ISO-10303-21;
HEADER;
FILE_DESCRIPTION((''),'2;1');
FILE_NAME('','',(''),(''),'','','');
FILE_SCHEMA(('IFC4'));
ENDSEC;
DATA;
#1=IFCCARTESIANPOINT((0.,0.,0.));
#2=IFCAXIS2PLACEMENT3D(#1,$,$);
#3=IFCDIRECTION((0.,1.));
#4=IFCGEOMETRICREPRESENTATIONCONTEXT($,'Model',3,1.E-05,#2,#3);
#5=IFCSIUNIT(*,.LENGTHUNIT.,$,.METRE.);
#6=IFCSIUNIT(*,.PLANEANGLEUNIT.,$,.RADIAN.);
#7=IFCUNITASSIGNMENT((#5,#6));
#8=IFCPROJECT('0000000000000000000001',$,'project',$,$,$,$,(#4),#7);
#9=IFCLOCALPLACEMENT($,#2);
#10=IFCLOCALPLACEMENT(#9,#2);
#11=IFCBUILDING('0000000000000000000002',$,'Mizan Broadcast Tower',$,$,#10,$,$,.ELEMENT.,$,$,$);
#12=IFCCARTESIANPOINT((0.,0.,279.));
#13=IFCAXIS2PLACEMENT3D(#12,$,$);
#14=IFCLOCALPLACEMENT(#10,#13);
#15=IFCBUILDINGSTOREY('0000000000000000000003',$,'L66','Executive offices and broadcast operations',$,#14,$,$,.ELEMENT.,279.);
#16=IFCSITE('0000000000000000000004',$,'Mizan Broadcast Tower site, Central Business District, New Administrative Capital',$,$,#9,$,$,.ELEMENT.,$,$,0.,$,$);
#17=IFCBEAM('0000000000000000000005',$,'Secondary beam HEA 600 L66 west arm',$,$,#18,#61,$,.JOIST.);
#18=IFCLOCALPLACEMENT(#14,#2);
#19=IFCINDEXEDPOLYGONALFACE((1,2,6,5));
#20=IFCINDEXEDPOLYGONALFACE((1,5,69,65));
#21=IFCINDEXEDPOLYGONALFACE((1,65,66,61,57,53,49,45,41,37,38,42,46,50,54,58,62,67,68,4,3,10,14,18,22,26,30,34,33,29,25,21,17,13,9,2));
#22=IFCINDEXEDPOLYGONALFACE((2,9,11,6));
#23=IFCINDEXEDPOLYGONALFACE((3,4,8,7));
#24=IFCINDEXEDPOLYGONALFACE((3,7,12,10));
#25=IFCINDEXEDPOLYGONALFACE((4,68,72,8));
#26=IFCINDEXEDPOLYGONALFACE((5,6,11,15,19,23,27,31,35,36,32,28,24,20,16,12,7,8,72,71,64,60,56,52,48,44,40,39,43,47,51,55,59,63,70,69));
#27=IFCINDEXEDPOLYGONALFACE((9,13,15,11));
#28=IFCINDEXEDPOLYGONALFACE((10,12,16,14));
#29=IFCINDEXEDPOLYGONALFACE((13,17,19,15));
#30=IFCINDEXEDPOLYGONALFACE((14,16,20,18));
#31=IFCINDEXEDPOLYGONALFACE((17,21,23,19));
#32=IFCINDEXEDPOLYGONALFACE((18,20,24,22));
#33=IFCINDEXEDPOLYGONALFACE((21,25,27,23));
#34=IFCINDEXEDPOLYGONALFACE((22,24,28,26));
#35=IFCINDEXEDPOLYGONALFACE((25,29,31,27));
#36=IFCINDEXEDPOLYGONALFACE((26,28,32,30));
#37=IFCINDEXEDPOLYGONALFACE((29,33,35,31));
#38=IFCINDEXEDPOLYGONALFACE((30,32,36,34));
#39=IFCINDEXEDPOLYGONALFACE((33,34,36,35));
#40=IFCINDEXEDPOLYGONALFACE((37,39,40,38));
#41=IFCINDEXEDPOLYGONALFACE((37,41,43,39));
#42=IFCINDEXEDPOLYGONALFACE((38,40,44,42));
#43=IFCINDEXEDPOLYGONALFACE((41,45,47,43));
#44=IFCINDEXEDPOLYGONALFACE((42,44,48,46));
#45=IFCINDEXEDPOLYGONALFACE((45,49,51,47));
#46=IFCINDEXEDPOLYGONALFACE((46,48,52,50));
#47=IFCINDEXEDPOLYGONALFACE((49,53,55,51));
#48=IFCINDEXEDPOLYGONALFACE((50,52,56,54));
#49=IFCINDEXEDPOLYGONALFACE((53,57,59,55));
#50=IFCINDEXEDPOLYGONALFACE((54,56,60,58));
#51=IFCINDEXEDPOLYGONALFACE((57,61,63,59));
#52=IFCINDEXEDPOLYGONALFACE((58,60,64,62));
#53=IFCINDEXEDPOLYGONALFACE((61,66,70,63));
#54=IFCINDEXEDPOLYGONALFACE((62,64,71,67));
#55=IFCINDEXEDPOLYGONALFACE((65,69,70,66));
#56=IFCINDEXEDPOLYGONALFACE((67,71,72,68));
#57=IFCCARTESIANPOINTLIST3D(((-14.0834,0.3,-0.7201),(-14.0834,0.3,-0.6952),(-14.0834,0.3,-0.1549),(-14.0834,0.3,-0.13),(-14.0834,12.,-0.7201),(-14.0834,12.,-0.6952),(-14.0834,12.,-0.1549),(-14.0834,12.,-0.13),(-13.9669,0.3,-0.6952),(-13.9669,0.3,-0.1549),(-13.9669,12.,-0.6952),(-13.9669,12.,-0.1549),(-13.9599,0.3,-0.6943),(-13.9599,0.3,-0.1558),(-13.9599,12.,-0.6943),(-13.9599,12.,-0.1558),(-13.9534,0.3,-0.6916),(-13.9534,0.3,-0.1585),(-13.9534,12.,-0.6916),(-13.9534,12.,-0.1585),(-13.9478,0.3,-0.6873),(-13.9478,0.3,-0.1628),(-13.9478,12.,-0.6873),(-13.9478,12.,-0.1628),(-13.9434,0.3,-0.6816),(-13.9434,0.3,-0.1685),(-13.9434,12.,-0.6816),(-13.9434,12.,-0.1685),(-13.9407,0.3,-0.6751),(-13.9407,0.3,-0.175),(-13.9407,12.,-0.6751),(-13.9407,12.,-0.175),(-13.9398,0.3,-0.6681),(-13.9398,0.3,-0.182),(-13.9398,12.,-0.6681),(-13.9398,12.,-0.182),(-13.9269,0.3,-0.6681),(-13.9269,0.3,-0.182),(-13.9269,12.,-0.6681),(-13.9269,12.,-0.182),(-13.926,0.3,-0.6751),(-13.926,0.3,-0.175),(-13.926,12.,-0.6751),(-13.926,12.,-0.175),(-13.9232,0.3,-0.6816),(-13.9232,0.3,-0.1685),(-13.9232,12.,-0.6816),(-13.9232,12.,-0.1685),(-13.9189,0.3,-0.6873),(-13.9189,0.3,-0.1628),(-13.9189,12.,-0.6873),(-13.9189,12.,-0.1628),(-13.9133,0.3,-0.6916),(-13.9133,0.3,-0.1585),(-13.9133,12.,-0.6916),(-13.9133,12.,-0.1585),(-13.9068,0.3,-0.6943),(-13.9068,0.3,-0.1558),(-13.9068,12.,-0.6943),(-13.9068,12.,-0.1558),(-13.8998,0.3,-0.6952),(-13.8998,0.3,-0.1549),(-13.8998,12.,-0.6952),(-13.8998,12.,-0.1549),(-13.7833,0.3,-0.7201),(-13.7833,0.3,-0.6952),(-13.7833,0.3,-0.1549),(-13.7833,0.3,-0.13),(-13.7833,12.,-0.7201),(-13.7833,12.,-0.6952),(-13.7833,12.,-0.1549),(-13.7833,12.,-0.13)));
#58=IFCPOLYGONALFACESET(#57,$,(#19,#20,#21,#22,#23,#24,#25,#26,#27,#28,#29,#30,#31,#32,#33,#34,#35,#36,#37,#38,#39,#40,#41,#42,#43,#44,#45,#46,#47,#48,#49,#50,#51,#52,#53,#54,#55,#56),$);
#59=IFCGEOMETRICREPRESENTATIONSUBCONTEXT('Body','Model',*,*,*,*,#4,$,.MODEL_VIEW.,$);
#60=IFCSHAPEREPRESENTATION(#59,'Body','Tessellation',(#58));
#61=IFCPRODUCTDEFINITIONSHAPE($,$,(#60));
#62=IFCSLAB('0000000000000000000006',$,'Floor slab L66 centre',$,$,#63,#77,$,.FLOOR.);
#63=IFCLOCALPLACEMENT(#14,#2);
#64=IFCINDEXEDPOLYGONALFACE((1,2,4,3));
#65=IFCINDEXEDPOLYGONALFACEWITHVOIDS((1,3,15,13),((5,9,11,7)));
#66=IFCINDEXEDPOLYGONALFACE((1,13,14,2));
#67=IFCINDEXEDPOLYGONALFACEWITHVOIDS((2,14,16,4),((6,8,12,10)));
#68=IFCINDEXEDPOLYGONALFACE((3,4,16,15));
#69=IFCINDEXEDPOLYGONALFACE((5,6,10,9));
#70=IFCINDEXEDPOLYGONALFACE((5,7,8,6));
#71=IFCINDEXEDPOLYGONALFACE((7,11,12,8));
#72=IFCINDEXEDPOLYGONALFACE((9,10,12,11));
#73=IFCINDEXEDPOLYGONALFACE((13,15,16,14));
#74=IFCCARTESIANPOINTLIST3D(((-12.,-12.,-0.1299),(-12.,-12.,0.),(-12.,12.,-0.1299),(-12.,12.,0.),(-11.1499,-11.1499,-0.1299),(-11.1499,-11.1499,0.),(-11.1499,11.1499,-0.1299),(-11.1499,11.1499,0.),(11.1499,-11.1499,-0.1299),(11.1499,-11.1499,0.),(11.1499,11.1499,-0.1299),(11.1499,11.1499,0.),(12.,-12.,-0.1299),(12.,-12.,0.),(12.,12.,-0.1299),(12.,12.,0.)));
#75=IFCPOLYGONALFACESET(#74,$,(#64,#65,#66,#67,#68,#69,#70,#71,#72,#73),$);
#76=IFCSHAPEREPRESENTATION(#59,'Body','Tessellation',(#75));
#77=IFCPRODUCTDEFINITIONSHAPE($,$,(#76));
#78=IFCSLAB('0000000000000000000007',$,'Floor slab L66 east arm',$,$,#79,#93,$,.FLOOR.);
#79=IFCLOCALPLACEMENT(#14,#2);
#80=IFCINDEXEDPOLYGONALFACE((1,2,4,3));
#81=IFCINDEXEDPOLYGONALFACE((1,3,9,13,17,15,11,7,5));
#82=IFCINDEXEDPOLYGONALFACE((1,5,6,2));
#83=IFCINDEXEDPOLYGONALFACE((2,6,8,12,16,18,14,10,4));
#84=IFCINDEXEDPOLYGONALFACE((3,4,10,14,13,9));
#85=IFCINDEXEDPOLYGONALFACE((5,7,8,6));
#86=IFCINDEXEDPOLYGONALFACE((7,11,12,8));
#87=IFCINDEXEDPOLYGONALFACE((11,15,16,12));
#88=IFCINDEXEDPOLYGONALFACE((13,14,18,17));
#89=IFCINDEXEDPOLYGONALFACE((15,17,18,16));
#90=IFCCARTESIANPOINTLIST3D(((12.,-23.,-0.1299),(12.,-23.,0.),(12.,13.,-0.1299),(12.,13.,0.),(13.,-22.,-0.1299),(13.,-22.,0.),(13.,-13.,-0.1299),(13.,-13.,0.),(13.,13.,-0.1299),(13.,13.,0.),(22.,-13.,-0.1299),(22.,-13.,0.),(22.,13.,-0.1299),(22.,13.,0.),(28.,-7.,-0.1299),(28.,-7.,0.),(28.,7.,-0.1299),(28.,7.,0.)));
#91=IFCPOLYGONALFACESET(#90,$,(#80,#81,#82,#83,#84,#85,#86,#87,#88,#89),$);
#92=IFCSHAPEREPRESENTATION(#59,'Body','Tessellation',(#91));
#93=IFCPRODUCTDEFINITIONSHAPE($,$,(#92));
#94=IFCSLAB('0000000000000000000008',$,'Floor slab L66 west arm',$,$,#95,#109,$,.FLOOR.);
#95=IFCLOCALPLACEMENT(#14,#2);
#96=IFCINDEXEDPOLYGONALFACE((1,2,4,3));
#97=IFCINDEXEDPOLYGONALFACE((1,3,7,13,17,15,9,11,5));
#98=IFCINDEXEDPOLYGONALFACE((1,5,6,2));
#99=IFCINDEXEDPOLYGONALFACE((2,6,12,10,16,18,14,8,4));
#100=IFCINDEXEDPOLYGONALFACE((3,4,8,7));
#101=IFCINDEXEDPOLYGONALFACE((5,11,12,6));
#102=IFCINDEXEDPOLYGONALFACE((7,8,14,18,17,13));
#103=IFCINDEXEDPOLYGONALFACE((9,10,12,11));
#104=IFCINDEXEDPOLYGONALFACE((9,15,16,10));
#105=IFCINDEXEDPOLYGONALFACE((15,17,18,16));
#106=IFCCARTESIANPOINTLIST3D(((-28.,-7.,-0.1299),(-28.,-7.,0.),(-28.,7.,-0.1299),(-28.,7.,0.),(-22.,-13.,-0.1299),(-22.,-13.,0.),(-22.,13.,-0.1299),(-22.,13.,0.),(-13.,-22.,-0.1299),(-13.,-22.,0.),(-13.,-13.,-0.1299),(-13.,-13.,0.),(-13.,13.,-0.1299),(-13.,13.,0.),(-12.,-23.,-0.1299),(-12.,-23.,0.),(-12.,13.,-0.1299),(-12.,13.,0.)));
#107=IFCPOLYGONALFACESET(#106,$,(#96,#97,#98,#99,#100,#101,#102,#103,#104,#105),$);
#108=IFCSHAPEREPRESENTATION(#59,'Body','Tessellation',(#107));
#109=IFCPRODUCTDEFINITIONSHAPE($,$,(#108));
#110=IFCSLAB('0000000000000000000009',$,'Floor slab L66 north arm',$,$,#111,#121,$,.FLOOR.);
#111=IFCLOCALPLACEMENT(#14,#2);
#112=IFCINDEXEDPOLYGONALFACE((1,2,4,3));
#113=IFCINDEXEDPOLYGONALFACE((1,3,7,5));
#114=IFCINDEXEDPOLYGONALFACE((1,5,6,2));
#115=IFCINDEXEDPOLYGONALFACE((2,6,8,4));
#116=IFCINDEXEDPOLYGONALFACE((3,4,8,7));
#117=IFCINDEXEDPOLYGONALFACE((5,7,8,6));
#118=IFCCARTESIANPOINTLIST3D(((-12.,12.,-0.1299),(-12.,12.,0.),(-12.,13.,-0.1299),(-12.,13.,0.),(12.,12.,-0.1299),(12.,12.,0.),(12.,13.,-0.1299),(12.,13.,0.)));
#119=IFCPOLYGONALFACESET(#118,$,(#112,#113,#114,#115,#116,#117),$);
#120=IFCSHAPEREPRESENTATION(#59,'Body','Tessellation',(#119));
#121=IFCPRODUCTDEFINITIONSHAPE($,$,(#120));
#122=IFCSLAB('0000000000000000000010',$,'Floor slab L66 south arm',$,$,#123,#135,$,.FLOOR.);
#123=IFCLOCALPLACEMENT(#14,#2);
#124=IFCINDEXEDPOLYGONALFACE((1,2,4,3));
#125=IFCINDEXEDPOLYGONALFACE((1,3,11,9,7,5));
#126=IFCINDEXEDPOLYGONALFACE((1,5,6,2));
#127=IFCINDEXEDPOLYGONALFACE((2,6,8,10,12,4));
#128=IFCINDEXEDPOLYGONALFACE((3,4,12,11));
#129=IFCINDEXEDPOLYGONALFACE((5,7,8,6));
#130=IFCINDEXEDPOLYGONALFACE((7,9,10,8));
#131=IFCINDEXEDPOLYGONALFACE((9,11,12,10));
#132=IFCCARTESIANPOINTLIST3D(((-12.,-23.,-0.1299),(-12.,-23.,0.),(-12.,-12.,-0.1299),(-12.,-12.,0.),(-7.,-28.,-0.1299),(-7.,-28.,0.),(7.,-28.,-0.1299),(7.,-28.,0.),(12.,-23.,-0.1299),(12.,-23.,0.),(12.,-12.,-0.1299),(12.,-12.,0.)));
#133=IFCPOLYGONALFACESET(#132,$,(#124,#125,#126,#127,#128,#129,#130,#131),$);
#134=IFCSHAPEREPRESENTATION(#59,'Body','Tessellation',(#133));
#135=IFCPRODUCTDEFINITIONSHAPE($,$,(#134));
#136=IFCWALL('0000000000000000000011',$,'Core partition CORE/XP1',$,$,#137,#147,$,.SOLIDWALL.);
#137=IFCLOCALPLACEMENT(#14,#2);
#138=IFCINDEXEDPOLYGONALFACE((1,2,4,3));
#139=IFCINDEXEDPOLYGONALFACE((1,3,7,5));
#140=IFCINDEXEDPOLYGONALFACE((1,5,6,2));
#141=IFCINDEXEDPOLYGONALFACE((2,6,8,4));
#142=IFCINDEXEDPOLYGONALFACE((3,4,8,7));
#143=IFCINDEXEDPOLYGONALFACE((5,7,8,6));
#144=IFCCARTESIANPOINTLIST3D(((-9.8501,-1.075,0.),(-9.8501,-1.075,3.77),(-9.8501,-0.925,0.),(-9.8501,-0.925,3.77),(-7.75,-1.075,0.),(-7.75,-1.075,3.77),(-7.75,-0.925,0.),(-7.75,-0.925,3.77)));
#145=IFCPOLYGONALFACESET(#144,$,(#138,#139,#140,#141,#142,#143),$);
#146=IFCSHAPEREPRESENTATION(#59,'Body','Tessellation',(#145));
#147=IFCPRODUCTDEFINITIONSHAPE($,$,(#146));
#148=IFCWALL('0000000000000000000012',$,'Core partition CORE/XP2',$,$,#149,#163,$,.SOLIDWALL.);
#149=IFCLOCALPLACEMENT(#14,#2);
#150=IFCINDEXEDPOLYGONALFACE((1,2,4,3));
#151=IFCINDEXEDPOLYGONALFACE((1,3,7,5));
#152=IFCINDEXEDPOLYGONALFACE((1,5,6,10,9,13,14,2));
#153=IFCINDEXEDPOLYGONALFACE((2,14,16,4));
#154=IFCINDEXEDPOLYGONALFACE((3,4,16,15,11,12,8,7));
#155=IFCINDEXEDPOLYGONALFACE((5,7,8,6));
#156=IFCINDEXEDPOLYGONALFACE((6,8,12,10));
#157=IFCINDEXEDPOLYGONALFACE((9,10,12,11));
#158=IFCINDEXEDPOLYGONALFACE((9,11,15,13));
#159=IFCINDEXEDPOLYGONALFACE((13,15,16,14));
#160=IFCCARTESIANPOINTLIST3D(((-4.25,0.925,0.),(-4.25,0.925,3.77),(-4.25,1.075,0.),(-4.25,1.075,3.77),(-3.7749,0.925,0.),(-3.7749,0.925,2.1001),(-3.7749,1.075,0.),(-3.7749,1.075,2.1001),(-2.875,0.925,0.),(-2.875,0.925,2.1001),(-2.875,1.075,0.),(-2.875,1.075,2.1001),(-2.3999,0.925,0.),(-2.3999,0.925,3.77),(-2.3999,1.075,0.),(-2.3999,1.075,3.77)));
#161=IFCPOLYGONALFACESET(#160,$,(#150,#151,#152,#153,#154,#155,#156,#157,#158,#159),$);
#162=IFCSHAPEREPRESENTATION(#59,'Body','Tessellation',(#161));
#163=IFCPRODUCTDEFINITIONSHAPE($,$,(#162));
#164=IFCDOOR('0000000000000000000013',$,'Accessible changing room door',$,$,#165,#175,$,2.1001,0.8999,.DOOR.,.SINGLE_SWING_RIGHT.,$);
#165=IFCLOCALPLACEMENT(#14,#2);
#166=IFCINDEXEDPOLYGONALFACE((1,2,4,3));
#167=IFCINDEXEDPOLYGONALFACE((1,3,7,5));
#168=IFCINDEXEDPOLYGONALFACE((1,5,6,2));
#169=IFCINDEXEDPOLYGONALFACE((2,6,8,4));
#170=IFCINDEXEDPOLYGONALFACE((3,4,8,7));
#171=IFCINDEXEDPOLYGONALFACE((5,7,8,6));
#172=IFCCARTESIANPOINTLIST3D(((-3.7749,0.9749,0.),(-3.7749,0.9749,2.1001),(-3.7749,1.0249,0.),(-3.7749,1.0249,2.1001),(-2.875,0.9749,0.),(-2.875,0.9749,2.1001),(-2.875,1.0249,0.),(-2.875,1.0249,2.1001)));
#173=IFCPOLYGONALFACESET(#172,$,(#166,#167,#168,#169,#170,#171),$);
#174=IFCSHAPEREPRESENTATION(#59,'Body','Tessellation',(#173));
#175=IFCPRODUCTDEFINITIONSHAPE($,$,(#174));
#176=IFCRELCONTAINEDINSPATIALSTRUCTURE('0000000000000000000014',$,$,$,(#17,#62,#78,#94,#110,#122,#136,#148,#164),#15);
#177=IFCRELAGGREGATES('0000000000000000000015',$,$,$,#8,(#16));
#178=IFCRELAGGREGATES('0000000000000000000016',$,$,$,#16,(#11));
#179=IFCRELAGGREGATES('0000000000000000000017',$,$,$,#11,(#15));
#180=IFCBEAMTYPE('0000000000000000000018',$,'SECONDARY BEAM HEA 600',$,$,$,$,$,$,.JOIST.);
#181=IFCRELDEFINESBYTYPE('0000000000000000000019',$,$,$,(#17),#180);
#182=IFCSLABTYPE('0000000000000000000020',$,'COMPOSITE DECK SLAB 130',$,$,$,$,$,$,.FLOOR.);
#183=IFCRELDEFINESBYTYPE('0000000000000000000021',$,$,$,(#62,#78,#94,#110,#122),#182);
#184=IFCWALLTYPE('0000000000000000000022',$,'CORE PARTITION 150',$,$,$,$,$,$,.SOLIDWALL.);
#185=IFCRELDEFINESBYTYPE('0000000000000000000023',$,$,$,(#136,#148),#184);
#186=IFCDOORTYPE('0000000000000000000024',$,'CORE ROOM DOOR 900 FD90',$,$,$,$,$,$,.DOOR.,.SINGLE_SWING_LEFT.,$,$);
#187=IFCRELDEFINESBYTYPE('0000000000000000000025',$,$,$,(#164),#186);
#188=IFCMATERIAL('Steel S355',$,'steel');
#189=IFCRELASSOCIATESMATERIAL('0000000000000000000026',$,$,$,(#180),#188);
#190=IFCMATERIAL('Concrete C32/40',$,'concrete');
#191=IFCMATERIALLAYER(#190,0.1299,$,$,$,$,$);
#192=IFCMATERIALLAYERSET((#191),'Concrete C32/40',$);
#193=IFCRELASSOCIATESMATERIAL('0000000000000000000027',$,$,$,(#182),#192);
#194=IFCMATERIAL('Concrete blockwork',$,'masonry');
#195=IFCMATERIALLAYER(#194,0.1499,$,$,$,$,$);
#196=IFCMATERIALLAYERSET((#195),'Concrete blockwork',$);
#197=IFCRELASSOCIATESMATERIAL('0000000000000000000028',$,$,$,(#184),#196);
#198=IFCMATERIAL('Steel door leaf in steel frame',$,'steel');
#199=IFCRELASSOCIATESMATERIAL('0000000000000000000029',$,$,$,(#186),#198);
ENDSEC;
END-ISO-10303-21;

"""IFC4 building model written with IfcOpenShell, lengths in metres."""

from ifc_helpers import new_model, si_unit, direction, frame, frame_2d, origin, origin_2d, place, context, subcontext, project, spatial, polyline, rectangle, i_section, outline, extrude, material, layer, layer_set, material_profile, profile_set, type_object, element, fill, save


model = new_model("IFC4")

# Units and contexts
model_context = context("Model", 3, precision=1e-05, world=origin(), true_north=direction((0.0, 1.0)))
body_context = subcontext(model_context, "Body", "Model", "MODEL_VIEW")
ifc_project = project(units=[si_unit("LENGTHUNIT", "METRE"), si_unit("PLANEANGLEUNIT", "RADIAN")], contexts=[model_context])

# Site, building, storey
site_placement = place(None, origin())
site = spatial("IfcSite", under=ifc_project, at=site_placement, Name="Mizan Broadcast Tower site, Central Business District, New Administrative Capital", CompositionType="ELEMENT", RefElevation=0.0)
building_placement = place(site_placement, origin())
building = spatial("IfcBuilding", under=site, at=building_placement, Name="Mizan Broadcast Tower", CompositionType="ELEMENT")
storey_placement = place(building_placement, frame((0.0, 0.0, 279.0)))
storey = spatial("IfcBuildingStorey", under=building, at=storey_placement, Name="L66", Description="Executive offices and broadcast operations", CompositionType="ELEMENT", Elevation=279.0)

# Beam
ifc_material_1 = material(Name="Steel S355", Category="steel")
ifc_material_profile_1 = material_profile(ifc_material_1, i_section(OverallWidth=0.3, OverallDepth=0.5901, WebThickness=0.0129, FlangeThickness=0.0249, FilletRadius=0.0271, at=origin_2d()), Name="HEA 600")
ifc_profile_set_1 = profile_set([ifc_material_profile_1], Name="Steel S355")
beam_type_1 = type_object("IfcBeamType", Name="SECONDARY BEAM HEA 600", PredefinedType="JOIST", material=ifc_profile_set_1)
beam_1_placement = place(storey_placement, frame((-13.9333, 12.0, -0.425), z_axis=(0.0, -1.0, 0.0), x_axis=(1.0, 0.0, 0.0)))
element("IfcBeam", 1, at=beam_1_placement, inside=storey, type_object=beam_type_1, Name="Secondary beam HEA 600 L66 west arm", PredefinedType="JOIST", context=body_context, shape_type="SweptSolid", body=[
    extrude(i_section(OverallWidth=0.3, OverallDepth=0.5901, WebThickness=0.0129, FlangeThickness=0.0249, FilletRadius=0.0271, at=origin_2d()), origin(), (0.0, 0.0, 1.0), 11.7),
])

# Slabs
ifc_material_2 = material(Name="Concrete C32/40", Category="concrete")
ifc_layer_1 = layer(ifc_material_2, 0.1299)
ifc_layer_set_1 = layer_set([ifc_layer_1], Name="Concrete C32/40")
slab_type = type_object("IfcSlabType", Name="COMPOSITE DECK SLAB 130", PredefinedType="FLOOR", material=ifc_layer_set_1)
slab_1_placement = place(storey_placement, frame((0.0, 0.0, -0.1299)))
element("IfcSlab", 2, at=slab_1_placement, inside=storey, type_object=slab_type, Name="Floor slab L66 centre", PredefinedType="FLOOR", context=body_context, shape_type="SweptSolid", body=[
    extrude(outline(polyline([(-12.0, -12.0), (12.0, -12.0), (12.0, 12.0), (-12.0, 12.0), (-12.0, -12.0)]), holes=[polyline([(-11.1499, 11.1499), (11.1499, 11.1499), (11.1499, -11.1499), (-11.1499, -11.1499), (-11.1499, 11.1499)])]), origin(), (0.0, 0.0, 1.0), 0.1299),
])
slab_2_placement = place(storey_placement, frame((0.0, 0.0, -0.1299)))
element("IfcSlab", 3, at=slab_2_placement, inside=storey, type_object=slab_type, Name="Floor slab L66 east arm", PredefinedType="FLOOR", context=body_context, shape_type="SweptSolid", body=[
    extrude(outline(polyline([(12.0, -23.0), (13.0, -22.0), (13.0, -13.0), (22.0, -13.0), (28.0, -7.0), (28.0, 7.0), (22.0, 13.0), (13.0, 13.0), (12.0, 13.0), (12.0, -23.0)])), origin(), (0.0, 0.0, 1.0), 0.1299),
])
slab_3_placement = place(storey_placement, frame((0.0, 0.0, -0.1299)))
element("IfcSlab", 4, at=slab_3_placement, inside=storey, type_object=slab_type, Name="Floor slab L66 west arm", PredefinedType="FLOOR", context=body_context, shape_type="SweptSolid", body=[
    extrude(outline(polyline([(-13.0, -22.0), (-12.0, -23.0), (-12.0, 13.0), (-13.0, 13.0), (-22.0, 13.0), (-28.0, 7.0), (-28.0, -7.0), (-22.0, -13.0), (-13.0, -13.0), (-13.0, -22.0)])), origin(), (0.0, 0.0, 1.0), 0.1299),
])
slab_4_placement = place(storey_placement, frame((0.0, 0.0, -0.1299)))
element("IfcSlab", 5, at=slab_4_placement, inside=storey, type_object=slab_type, Name="Floor slab L66 north arm", PredefinedType="FLOOR", context=body_context, shape_type="SweptSolid", body=[
    extrude(outline(polyline([(12.0, 13.0), (-12.0, 13.0), (-12.0, 12.0), (12.0, 12.0), (12.0, 13.0)])), origin(), (0.0, 0.0, 1.0), 0.1299),
])
slab_5_placement = place(storey_placement, frame((0.0, 0.0, -0.1299)))
element("IfcSlab", 6, at=slab_5_placement, inside=storey, type_object=slab_type, Name="Floor slab L66 south arm", PredefinedType="FLOOR", context=body_context, shape_type="SweptSolid", body=[
    extrude(outline(polyline([(7.0, -28.0), (12.0, -23.0), (12.0, -12.0), (-12.0, -12.0), (-12.0, -23.0), (-7.0, -28.0), (7.0, -28.0)])), origin(), (0.0, 0.0, 1.0), 0.1299),
])

# Wall
ifc_material_3 = material(Name="Concrete blockwork", Category="masonry")
ifc_layer_2 = layer(ifc_material_3, 0.1499)
ifc_layer_set_2 = layer_set([ifc_layer_2], Name="Concrete blockwork")
wall_type_1 = type_object("IfcWallType", Name="CORE PARTITION 150", PredefinedType="SOLIDWALL", material=ifc_layer_set_2)
wall_1_placement = place(storey_placement, frame((-9.8501, -1.0, 0.0), z_axis=(0.0, 0.0, 1.0), x_axis=(1.0, 0.0, 0.0)))
element("IfcWall", 7, at=wall_1_placement, inside=storey, type_object=wall_type_1, Name="Core partition CORE/XP1", PredefinedType="SOLIDWALL", context=body_context, shape_type="SweptSolid", body=[
    extrude(rectangle(XDim=2.1001, YDim=0.1499, at=frame_2d((1.05, 0.0))), origin(), (0.0, 0.0, 1.0), 3.77),
])

# Wall, opening, door
wall_2_placement = place(storey_placement, frame((-4.25, 1.0, 0.0), z_axis=(0.0, 0.0, 1.0), x_axis=(1.0, 0.0, 0.0)))
wall_2 = element("IfcWall", 8, at=wall_2_placement, inside=storey, type_object=wall_type_1, Name="Core partition CORE/XP2", PredefinedType="SOLIDWALL", context=body_context, shape_type="SweptSolid", body=[
    extrude(rectangle(XDim=1.8501, YDim=0.1499, at=frame_2d((0.925, 0.0))), origin(), (0.0, 0.0, 1.0), 3.77),
])
opening_1_placement = place(wall_2_placement, frame((0.4751, 0.0, 0.0)))
opening_1 = element("IfcOpeningElement", 9, at=opening_1_placement, cuts=wall_2, PredefinedType="OPENING", context=body_context, shape_type="SweptSolid", body=[
    extrude(rectangle(XDim=0.8999, YDim=2.1001, at=frame_2d((0.45, 1.05))), frame((0.0, 0.085, 0.0), z_axis=(0.0, -1.0, 0.0), x_axis=(1.0, 0.0, 0.0)), (0.0, 0.0, 1.0), 0.1699),
])
ifc_material_4 = material(Name="Steel door leaf in steel frame", Category="steel")
door_type_1 = type_object("IfcDoorType", Name="CORE ROOM DOOR 900 FD90", OperationType="SINGLE_SWING_LEFT", PredefinedType="DOOR", material=ifc_material_4)
door_1_placement = place(opening_1_placement, origin())
door_1 = element("IfcDoor", 10, at=door_1_placement, inside=storey, type_object=door_type_1, Name="Accessible changing room door", OperationType="SINGLE_SWING_RIGHT", OverallHeight=2.1001, OverallWidth=0.8999, PredefinedType="DOOR", context=body_context, shape_type="SweptSolid", body=[
    extrude(rectangle(XDim=0.8999, YDim=2.1001, at=frame_2d((0.45, 1.05))), frame((0.0, 0.0249, 0.0), z_axis=(0.0, -1.0, 0.0), x_axis=(1.0, 0.0, 0.0)), (0.0, 0.0, 1.0), 0.05),
])
fill(opening_1, door_1)

save(model, "model.ifc")
